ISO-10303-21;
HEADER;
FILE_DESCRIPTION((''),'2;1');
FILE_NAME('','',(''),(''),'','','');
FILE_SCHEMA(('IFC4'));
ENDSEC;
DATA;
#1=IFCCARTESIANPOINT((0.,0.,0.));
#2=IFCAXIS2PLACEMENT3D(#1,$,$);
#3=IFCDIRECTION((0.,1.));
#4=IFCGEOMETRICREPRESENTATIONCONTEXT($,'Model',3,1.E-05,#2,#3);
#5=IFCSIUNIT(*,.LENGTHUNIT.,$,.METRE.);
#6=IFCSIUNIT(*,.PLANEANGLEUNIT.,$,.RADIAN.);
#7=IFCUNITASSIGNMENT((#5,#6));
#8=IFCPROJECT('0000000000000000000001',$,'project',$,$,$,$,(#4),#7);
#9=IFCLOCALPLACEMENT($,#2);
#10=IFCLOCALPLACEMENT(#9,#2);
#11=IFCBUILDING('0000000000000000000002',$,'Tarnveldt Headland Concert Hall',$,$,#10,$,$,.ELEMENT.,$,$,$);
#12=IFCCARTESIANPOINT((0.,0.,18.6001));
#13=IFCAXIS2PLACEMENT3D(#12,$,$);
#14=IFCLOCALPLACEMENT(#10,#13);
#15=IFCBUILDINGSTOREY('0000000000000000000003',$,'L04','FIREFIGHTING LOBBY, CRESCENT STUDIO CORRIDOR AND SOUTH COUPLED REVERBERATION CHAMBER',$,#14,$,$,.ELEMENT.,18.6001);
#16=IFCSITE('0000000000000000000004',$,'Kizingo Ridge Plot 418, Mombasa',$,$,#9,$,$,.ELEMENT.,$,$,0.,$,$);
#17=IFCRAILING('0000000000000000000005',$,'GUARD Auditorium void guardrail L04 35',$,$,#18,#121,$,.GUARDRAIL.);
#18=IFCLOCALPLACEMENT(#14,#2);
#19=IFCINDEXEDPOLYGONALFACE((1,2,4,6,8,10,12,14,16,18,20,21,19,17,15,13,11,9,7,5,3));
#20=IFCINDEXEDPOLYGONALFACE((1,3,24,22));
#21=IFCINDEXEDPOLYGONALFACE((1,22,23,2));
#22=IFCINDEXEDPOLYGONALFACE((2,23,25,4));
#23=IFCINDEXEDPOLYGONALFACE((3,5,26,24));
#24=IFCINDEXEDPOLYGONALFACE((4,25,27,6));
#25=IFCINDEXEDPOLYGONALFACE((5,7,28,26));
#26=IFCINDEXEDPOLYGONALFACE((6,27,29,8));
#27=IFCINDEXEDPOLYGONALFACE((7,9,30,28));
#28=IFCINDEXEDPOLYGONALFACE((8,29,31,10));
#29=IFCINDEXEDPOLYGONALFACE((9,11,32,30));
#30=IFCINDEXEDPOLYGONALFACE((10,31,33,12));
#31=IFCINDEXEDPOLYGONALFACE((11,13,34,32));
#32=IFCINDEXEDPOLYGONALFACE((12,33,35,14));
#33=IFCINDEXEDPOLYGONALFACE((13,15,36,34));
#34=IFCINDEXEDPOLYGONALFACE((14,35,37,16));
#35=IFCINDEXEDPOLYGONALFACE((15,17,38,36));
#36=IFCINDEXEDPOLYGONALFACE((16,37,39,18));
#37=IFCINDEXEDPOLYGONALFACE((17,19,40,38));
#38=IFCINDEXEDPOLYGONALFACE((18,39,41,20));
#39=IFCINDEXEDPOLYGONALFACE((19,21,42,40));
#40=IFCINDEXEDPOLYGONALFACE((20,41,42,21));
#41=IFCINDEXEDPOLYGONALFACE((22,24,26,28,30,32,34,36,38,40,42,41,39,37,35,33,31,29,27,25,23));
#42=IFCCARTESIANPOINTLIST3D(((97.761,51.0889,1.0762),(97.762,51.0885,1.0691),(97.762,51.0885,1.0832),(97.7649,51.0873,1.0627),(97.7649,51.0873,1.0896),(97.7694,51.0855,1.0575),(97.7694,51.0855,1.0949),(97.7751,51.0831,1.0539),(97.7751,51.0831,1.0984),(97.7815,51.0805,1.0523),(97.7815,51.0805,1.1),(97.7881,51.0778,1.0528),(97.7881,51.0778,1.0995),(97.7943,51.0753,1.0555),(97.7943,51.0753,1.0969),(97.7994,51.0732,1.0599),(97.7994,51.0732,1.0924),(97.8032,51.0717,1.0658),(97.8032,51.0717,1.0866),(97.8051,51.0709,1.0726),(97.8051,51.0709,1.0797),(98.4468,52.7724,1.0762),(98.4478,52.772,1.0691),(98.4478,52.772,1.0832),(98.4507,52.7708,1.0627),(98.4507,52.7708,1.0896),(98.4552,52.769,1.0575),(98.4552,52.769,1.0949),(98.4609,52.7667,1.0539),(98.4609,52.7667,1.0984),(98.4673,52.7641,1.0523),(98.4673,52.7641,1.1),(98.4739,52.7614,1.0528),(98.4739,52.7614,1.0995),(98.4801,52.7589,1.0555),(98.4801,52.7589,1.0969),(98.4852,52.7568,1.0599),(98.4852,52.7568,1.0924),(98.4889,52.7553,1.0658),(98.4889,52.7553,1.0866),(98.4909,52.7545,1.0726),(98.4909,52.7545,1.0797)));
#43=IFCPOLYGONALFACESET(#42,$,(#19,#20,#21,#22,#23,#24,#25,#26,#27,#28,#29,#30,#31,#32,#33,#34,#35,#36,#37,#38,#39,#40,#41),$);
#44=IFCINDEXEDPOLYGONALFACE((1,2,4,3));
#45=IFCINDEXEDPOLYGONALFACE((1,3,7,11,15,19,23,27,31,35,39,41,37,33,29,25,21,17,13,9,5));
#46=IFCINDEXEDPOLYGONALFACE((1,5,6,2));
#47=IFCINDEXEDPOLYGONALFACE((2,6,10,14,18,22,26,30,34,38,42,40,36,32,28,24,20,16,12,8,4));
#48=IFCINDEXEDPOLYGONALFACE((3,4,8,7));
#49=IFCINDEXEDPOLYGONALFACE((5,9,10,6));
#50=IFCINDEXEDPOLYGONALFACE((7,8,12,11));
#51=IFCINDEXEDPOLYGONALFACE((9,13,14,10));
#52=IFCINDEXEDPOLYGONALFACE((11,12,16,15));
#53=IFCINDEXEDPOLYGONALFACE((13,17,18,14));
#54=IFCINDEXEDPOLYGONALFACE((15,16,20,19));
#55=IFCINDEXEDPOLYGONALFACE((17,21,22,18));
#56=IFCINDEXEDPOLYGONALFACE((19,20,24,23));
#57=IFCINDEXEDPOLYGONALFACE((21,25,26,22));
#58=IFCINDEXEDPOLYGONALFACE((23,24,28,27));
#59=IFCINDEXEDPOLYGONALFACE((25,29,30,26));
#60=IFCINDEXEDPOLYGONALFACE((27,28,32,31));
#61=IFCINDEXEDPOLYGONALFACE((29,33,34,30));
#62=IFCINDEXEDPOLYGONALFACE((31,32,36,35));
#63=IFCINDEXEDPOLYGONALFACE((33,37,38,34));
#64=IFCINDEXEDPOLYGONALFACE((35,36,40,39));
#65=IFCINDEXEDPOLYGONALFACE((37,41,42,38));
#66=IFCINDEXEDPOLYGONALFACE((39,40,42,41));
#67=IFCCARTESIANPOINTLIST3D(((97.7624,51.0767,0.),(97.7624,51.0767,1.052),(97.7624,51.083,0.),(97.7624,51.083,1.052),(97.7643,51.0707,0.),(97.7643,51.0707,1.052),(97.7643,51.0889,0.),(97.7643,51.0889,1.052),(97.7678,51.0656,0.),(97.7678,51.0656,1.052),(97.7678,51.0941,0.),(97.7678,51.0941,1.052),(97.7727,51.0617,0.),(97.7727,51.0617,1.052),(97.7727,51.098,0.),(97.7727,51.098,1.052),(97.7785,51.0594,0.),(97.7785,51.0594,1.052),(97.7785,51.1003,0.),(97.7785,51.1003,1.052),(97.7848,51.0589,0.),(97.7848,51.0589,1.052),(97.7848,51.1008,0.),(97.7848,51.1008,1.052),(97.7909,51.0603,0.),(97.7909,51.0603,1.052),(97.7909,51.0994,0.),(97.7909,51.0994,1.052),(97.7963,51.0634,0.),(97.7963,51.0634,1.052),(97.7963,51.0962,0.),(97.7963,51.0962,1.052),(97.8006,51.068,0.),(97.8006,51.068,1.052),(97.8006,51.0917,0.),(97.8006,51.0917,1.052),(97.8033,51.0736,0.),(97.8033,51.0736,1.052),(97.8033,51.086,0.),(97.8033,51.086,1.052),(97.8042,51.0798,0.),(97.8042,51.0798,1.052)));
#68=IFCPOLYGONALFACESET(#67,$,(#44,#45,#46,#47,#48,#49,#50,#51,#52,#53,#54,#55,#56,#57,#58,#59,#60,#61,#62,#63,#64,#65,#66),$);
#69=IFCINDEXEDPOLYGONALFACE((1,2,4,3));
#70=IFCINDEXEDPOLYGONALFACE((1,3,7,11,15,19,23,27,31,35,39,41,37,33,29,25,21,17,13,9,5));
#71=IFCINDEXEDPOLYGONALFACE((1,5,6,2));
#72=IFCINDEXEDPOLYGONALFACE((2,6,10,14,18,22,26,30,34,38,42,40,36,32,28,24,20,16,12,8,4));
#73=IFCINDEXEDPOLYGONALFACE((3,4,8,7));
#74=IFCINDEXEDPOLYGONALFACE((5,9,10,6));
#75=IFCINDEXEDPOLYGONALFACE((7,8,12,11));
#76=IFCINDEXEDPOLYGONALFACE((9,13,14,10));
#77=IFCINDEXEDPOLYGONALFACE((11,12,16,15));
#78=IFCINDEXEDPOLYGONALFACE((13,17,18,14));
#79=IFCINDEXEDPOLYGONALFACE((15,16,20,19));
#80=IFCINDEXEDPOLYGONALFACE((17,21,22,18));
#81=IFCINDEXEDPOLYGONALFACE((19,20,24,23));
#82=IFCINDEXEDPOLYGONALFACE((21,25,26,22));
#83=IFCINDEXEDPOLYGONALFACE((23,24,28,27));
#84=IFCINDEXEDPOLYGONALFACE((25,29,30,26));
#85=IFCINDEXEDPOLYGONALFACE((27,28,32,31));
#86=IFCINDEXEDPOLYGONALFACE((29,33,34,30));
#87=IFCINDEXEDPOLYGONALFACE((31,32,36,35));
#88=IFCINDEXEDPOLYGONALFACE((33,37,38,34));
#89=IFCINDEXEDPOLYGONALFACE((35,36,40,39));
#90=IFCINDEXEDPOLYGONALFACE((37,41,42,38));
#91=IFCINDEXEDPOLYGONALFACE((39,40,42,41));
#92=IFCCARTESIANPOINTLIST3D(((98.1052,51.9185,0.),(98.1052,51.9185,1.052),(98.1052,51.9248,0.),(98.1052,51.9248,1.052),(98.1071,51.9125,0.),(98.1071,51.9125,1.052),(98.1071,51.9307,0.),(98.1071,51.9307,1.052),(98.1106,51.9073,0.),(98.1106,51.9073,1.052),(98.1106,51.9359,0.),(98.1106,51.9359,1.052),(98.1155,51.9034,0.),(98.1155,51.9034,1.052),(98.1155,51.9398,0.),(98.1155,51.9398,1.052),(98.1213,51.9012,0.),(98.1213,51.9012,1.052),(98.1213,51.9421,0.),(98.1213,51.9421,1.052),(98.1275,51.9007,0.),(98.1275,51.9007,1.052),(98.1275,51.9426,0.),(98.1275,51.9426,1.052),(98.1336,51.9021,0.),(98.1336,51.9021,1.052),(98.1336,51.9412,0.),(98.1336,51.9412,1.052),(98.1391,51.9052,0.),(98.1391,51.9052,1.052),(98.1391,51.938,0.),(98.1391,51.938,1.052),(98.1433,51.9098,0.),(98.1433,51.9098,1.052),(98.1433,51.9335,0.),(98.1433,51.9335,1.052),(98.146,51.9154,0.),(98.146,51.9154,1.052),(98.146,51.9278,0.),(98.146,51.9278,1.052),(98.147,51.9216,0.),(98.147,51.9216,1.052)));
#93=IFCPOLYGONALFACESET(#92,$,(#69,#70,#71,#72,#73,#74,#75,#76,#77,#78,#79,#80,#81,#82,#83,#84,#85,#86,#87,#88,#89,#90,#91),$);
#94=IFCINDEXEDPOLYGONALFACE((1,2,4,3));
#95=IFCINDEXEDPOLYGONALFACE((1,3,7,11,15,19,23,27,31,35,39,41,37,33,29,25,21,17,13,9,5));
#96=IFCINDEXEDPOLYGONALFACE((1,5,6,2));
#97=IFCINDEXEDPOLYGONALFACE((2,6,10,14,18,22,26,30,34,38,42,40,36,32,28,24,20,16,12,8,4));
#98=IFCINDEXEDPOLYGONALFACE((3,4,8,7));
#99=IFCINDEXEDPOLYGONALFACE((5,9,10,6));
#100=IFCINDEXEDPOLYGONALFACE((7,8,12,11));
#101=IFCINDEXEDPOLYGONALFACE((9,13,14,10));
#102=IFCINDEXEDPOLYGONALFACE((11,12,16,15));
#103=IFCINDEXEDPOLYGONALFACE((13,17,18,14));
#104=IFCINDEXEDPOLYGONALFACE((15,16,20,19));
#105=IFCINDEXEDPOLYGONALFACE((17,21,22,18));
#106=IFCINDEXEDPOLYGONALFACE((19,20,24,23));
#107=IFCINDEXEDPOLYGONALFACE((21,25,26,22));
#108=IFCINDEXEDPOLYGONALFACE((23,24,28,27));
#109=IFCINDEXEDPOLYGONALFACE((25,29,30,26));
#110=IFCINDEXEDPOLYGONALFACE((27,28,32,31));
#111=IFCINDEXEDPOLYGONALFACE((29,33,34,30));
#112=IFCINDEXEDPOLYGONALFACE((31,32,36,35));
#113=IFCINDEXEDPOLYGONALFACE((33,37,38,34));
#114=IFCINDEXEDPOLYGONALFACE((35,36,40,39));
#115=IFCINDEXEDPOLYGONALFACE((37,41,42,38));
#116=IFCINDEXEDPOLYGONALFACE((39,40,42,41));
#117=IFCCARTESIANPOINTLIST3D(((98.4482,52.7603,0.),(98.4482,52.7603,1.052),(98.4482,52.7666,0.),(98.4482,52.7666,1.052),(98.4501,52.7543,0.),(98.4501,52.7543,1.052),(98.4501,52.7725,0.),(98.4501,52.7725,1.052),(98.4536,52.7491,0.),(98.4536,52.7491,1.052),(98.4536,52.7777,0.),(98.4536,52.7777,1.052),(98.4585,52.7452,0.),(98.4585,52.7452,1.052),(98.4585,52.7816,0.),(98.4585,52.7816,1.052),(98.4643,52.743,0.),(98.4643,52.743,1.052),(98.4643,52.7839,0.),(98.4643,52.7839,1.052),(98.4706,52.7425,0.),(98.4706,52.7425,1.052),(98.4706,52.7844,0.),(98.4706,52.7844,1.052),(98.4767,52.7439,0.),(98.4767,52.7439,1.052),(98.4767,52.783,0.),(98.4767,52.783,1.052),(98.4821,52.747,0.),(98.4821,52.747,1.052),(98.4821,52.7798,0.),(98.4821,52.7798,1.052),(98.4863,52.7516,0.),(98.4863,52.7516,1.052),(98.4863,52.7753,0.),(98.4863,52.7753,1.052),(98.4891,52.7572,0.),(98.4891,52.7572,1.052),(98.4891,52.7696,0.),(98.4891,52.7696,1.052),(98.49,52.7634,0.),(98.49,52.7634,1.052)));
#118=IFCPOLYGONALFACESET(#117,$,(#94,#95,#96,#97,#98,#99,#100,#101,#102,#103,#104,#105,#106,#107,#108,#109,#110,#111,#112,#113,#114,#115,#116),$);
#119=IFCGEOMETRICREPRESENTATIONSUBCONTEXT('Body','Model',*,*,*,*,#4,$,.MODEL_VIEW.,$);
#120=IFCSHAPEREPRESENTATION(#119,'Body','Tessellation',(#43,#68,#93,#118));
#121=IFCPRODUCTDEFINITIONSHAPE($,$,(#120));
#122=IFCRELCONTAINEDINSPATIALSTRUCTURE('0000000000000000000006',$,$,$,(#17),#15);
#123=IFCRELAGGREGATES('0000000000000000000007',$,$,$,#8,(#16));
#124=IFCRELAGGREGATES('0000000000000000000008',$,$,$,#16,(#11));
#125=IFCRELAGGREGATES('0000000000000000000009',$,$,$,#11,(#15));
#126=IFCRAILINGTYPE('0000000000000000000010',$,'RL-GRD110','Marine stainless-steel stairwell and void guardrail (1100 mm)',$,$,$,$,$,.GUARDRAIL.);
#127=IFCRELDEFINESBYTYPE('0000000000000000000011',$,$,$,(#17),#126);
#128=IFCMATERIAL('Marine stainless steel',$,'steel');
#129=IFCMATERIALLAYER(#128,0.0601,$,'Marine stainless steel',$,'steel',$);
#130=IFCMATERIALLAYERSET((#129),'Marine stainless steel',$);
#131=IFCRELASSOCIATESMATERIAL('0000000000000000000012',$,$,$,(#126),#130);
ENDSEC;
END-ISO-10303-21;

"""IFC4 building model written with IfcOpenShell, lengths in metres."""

from ifc_helpers import new_model, si_unit, direction, frame, origin, origin_2d, place, context, subcontext, project, spatial, circle, extrude, material, layer, layer_set, type_object, element, save


model = new_model("IFC4")

# Units and contexts
model_context = context("Model", 3, precision=1e-05, world=origin(), true_north=direction((0.0, 1.0)))
body_context = subcontext(model_context, "Body", "Model", "MODEL_VIEW")
ifc_project = project(units=[si_unit("LENGTHUNIT", "METRE"), si_unit("PLANEANGLEUNIT", "RADIAN")], contexts=[model_context])

# Site, building, storey
site_placement = place(None, origin())
site = spatial("IfcSite", under=ifc_project, at=site_placement, Name="Kizingo Ridge Plot 418, Mombasa", CompositionType="ELEMENT", RefElevation=0.0)
building_placement = place(site_placement, origin())
building = spatial("IfcBuilding", under=site, at=building_placement, Name="Tarnveldt Headland Concert Hall", CompositionType="ELEMENT")
storey_placement = place(building_placement, frame((0.0, 0.0, 18.6001)))
storey = spatial("IfcBuildingStorey", under=building, at=storey_placement, Name="L04", Description="FIREFIGHTING LOBBY, CRESCENT STUDIO CORRIDOR AND SOUTH COUPLED REVERBERATION CHAMBER", CompositionType="ELEMENT", Elevation=18.6001)

# Railing
ifc_material_1 = material(Name="Marine stainless steel", Category="steel")
ifc_layer_1 = layer(ifc_material_1, 0.0601, Name="Marine stainless steel", Category="steel")
ifc_layer_set_1 = layer_set([ifc_layer_1], Name="Marine stainless steel")
railing_type_1 = type_object("IfcRailingType", Name="RL-GRD110", Description="Marine stainless-steel stairwell and void guardrail (1100 mm)", PredefinedType="GUARDRAIL", material=ifc_layer_set_1)
railing_1_placement = place(storey_placement, frame((97.7832, 51.0798, 0.0)))
element("IfcRailing", 1, at=railing_1_placement, inside=storey, type_object=railing_type_1, Name="GUARD Auditorium void guardrail L04 35", PredefinedType="GUARDRAIL", context=body_context, shape_type="SweptSolid", body=[
    extrude(circle(Radius=0.0239, at=origin_2d()), frame((0.0, 0.0, 1.0762), z_axis=(0.377241, 0.926115, 0.0), x_axis=(-0.926115, 0.377241, 0.0)), (0.0, 0.0, 1.0), 1.8179),
    extrude(circle(Radius=0.021, at=origin_2d()), origin(), (0.0, 0.0, 1.0), 1.052),
    extrude(circle(Radius=0.021, at=origin_2d()), frame((0.3428, 0.8418, 0.0)), (0.0, 0.0, 1.0), 1.052),
    extrude(circle(Radius=0.021, at=origin_2d()), frame((0.6858, 1.6836, 0.0)), (0.0, 0.0, 1.0), 1.052),
])

save(model, "model.ifc")
